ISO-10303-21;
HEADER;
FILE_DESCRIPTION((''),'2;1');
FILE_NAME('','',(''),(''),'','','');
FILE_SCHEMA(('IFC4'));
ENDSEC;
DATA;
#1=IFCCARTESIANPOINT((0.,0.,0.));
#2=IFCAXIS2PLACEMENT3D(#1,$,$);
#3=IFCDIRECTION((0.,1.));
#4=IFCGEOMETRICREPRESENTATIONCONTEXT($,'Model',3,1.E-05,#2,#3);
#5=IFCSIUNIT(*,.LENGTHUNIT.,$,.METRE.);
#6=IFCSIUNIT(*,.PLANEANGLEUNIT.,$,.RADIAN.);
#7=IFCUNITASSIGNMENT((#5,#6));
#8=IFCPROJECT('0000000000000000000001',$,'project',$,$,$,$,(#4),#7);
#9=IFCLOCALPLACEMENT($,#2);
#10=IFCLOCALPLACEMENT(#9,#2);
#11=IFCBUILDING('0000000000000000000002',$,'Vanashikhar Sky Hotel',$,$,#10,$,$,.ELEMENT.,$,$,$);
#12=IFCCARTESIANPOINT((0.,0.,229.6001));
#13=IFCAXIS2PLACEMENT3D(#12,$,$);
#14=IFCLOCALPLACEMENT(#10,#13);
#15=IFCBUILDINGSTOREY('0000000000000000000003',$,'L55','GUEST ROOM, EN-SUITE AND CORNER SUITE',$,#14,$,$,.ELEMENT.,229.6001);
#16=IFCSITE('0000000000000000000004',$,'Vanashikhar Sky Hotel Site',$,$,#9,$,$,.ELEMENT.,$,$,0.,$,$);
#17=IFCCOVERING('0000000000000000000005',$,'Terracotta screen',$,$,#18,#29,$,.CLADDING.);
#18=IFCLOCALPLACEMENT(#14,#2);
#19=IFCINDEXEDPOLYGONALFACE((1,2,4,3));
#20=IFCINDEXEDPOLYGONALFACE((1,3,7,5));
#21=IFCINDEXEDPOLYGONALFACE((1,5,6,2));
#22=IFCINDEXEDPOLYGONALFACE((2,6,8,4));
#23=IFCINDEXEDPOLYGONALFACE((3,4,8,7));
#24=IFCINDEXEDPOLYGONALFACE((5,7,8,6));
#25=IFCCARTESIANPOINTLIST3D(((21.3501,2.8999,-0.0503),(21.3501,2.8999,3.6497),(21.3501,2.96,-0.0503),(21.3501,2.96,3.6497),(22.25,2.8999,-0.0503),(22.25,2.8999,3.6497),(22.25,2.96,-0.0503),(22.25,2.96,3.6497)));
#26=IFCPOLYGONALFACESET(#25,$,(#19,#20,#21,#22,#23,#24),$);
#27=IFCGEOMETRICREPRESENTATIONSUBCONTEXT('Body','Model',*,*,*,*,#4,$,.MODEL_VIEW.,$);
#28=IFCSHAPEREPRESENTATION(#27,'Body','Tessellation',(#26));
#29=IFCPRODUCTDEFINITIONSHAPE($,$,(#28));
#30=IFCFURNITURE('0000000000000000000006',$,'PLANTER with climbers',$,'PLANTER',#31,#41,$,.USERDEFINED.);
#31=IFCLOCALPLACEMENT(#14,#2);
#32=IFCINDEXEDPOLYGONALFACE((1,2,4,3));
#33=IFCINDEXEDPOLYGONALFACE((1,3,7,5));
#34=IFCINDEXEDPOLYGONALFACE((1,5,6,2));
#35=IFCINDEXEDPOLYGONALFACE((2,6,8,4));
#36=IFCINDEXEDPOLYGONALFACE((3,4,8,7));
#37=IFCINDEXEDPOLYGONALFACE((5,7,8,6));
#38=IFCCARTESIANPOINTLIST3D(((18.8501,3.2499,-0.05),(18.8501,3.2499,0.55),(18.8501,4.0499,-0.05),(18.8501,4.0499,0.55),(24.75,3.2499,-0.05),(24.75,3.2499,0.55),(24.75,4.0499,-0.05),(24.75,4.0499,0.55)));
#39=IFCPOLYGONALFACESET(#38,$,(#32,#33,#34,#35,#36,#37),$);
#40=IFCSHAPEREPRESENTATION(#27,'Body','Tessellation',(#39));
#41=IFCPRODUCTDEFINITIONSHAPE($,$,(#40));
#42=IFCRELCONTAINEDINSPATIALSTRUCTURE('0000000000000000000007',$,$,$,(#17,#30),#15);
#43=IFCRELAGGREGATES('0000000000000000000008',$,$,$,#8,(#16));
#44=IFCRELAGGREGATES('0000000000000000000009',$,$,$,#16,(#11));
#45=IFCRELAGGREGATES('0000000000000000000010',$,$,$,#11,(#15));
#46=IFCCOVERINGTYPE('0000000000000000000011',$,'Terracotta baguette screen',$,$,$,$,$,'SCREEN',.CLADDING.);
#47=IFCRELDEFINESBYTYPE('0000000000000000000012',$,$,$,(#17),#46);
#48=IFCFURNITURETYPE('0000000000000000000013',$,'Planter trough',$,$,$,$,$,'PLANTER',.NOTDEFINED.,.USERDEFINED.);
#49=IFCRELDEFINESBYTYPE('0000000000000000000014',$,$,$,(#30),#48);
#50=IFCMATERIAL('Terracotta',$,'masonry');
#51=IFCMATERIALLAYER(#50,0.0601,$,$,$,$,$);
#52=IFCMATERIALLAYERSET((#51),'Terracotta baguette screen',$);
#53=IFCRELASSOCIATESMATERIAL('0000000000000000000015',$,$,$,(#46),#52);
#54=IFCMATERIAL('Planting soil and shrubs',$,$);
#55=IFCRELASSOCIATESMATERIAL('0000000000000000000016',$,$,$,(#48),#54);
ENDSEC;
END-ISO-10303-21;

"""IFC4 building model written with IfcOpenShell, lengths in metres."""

from ifc_helpers import new_model, si_unit, direction, frame, origin, origin_2d, place, context, subcontext, project, spatial, rectangle, extrude, source, transform, mapped, material, layer, layer_set, type_object, element, save


model = new_model("IFC4")

# Units and contexts
model_context = context("Model", 3, precision=1e-05, world=origin(), true_north=direction((0.0, 1.0)))
body_context = subcontext(model_context, "Body", "Model", "MODEL_VIEW")
ifc_project = project(units=[si_unit("LENGTHUNIT", "METRE"), si_unit("PLANEANGLEUNIT", "RADIAN")], contexts=[model_context])

# Site, building, storey
site_placement = place(None, origin())
site = spatial("IfcSite", under=ifc_project, at=site_placement, Name="Vanashikhar Sky Hotel Site", CompositionType="ELEMENT", RefElevation=0.0)
building_placement = place(site_placement, origin())
building = spatial("IfcBuilding", under=site, at=building_placement, Name="Vanashikhar Sky Hotel", CompositionType="ELEMENT")
storey_placement = place(building_placement, frame((0.0, 0.0, 229.6001)))
storey = spatial("IfcBuildingStorey", under=building, at=storey_placement, Name="L55", Description="GUEST ROOM, EN-SUITE AND CORNER SUITE", CompositionType="ELEMENT", Elevation=229.6001)

# Covering
ifc_material_1 = material(Name="Terracotta", Category="masonry")
ifc_layer_1 = layer(ifc_material_1, 0.0601)
ifc_layer_set_1 = layer_set([ifc_layer_1], Name="Terracotta baguette screen")
covering_type = type_object("IfcCoveringType", Name="Terracotta baguette screen", ElementType="SCREEN", PredefinedType="CLADDING", material=ifc_layer_set_1)
shared_shape_1 = source(origin(), body_context, "Body", "SweptSolid", [
    extrude(rectangle(XDim=0.8999, YDim=0.0601, at=origin_2d()), origin(), (0.0, 0.0, 1.0), 3.7),
])
for number, where, z_axis, x_axis, name in (
    (1, (21.8, 2.9299, -0.0503), (0.0, 0.0, 1.0), (1.0, 0.0, 0.0), "Terracotta screen"),
):
    element("IfcCovering", number, at=place(storey_placement, frame(where, z_axis=z_axis, x_axis=x_axis)), inside=storey, type_object=covering_type, Name=name, PredefinedType="CLADDING", context=body_context, shape_type="MappedRepresentation", body=[
        mapped(shared_shape_1, transform((0.0, 0.0, 0.0), scale=1.0)),
    ])

# Furniture
ifc_material_2 = material(Name="Planting soil and shrubs")
furniture_type = type_object("IfcFurnitureType", Name="Planter trough", ElementType="PLANTER", AssemblyPlace="NOTDEFINED", PredefinedType="USERDEFINED", material=ifc_material_2)
shared_shape_2 = source(origin(), body_context, "Body", "SweptSolid", [
    extrude(rectangle(XDim=5.8999, YDim=0.8, at=origin_2d()), origin(), (0.0, 0.0, 1.0), 0.6001),
])
furniture_placement = place(storey_placement, frame((21.8, 3.6499, -0.05), z_axis=(0.0, 0.0, 1.0), x_axis=(1.0, 0.0, 0.0)))
element("IfcFurniture", 2, at=furniture_placement, inside=storey, type_object=furniture_type, Name="PLANTER with climbers", ObjectType="PLANTER", PredefinedType="USERDEFINED", context=body_context, shape_type="MappedRepresentation", body=[
    mapped(shared_shape_2, transform((0.0, 0.0, 0.0), scale=1.0)),
])

save(model, "model.ifc")
